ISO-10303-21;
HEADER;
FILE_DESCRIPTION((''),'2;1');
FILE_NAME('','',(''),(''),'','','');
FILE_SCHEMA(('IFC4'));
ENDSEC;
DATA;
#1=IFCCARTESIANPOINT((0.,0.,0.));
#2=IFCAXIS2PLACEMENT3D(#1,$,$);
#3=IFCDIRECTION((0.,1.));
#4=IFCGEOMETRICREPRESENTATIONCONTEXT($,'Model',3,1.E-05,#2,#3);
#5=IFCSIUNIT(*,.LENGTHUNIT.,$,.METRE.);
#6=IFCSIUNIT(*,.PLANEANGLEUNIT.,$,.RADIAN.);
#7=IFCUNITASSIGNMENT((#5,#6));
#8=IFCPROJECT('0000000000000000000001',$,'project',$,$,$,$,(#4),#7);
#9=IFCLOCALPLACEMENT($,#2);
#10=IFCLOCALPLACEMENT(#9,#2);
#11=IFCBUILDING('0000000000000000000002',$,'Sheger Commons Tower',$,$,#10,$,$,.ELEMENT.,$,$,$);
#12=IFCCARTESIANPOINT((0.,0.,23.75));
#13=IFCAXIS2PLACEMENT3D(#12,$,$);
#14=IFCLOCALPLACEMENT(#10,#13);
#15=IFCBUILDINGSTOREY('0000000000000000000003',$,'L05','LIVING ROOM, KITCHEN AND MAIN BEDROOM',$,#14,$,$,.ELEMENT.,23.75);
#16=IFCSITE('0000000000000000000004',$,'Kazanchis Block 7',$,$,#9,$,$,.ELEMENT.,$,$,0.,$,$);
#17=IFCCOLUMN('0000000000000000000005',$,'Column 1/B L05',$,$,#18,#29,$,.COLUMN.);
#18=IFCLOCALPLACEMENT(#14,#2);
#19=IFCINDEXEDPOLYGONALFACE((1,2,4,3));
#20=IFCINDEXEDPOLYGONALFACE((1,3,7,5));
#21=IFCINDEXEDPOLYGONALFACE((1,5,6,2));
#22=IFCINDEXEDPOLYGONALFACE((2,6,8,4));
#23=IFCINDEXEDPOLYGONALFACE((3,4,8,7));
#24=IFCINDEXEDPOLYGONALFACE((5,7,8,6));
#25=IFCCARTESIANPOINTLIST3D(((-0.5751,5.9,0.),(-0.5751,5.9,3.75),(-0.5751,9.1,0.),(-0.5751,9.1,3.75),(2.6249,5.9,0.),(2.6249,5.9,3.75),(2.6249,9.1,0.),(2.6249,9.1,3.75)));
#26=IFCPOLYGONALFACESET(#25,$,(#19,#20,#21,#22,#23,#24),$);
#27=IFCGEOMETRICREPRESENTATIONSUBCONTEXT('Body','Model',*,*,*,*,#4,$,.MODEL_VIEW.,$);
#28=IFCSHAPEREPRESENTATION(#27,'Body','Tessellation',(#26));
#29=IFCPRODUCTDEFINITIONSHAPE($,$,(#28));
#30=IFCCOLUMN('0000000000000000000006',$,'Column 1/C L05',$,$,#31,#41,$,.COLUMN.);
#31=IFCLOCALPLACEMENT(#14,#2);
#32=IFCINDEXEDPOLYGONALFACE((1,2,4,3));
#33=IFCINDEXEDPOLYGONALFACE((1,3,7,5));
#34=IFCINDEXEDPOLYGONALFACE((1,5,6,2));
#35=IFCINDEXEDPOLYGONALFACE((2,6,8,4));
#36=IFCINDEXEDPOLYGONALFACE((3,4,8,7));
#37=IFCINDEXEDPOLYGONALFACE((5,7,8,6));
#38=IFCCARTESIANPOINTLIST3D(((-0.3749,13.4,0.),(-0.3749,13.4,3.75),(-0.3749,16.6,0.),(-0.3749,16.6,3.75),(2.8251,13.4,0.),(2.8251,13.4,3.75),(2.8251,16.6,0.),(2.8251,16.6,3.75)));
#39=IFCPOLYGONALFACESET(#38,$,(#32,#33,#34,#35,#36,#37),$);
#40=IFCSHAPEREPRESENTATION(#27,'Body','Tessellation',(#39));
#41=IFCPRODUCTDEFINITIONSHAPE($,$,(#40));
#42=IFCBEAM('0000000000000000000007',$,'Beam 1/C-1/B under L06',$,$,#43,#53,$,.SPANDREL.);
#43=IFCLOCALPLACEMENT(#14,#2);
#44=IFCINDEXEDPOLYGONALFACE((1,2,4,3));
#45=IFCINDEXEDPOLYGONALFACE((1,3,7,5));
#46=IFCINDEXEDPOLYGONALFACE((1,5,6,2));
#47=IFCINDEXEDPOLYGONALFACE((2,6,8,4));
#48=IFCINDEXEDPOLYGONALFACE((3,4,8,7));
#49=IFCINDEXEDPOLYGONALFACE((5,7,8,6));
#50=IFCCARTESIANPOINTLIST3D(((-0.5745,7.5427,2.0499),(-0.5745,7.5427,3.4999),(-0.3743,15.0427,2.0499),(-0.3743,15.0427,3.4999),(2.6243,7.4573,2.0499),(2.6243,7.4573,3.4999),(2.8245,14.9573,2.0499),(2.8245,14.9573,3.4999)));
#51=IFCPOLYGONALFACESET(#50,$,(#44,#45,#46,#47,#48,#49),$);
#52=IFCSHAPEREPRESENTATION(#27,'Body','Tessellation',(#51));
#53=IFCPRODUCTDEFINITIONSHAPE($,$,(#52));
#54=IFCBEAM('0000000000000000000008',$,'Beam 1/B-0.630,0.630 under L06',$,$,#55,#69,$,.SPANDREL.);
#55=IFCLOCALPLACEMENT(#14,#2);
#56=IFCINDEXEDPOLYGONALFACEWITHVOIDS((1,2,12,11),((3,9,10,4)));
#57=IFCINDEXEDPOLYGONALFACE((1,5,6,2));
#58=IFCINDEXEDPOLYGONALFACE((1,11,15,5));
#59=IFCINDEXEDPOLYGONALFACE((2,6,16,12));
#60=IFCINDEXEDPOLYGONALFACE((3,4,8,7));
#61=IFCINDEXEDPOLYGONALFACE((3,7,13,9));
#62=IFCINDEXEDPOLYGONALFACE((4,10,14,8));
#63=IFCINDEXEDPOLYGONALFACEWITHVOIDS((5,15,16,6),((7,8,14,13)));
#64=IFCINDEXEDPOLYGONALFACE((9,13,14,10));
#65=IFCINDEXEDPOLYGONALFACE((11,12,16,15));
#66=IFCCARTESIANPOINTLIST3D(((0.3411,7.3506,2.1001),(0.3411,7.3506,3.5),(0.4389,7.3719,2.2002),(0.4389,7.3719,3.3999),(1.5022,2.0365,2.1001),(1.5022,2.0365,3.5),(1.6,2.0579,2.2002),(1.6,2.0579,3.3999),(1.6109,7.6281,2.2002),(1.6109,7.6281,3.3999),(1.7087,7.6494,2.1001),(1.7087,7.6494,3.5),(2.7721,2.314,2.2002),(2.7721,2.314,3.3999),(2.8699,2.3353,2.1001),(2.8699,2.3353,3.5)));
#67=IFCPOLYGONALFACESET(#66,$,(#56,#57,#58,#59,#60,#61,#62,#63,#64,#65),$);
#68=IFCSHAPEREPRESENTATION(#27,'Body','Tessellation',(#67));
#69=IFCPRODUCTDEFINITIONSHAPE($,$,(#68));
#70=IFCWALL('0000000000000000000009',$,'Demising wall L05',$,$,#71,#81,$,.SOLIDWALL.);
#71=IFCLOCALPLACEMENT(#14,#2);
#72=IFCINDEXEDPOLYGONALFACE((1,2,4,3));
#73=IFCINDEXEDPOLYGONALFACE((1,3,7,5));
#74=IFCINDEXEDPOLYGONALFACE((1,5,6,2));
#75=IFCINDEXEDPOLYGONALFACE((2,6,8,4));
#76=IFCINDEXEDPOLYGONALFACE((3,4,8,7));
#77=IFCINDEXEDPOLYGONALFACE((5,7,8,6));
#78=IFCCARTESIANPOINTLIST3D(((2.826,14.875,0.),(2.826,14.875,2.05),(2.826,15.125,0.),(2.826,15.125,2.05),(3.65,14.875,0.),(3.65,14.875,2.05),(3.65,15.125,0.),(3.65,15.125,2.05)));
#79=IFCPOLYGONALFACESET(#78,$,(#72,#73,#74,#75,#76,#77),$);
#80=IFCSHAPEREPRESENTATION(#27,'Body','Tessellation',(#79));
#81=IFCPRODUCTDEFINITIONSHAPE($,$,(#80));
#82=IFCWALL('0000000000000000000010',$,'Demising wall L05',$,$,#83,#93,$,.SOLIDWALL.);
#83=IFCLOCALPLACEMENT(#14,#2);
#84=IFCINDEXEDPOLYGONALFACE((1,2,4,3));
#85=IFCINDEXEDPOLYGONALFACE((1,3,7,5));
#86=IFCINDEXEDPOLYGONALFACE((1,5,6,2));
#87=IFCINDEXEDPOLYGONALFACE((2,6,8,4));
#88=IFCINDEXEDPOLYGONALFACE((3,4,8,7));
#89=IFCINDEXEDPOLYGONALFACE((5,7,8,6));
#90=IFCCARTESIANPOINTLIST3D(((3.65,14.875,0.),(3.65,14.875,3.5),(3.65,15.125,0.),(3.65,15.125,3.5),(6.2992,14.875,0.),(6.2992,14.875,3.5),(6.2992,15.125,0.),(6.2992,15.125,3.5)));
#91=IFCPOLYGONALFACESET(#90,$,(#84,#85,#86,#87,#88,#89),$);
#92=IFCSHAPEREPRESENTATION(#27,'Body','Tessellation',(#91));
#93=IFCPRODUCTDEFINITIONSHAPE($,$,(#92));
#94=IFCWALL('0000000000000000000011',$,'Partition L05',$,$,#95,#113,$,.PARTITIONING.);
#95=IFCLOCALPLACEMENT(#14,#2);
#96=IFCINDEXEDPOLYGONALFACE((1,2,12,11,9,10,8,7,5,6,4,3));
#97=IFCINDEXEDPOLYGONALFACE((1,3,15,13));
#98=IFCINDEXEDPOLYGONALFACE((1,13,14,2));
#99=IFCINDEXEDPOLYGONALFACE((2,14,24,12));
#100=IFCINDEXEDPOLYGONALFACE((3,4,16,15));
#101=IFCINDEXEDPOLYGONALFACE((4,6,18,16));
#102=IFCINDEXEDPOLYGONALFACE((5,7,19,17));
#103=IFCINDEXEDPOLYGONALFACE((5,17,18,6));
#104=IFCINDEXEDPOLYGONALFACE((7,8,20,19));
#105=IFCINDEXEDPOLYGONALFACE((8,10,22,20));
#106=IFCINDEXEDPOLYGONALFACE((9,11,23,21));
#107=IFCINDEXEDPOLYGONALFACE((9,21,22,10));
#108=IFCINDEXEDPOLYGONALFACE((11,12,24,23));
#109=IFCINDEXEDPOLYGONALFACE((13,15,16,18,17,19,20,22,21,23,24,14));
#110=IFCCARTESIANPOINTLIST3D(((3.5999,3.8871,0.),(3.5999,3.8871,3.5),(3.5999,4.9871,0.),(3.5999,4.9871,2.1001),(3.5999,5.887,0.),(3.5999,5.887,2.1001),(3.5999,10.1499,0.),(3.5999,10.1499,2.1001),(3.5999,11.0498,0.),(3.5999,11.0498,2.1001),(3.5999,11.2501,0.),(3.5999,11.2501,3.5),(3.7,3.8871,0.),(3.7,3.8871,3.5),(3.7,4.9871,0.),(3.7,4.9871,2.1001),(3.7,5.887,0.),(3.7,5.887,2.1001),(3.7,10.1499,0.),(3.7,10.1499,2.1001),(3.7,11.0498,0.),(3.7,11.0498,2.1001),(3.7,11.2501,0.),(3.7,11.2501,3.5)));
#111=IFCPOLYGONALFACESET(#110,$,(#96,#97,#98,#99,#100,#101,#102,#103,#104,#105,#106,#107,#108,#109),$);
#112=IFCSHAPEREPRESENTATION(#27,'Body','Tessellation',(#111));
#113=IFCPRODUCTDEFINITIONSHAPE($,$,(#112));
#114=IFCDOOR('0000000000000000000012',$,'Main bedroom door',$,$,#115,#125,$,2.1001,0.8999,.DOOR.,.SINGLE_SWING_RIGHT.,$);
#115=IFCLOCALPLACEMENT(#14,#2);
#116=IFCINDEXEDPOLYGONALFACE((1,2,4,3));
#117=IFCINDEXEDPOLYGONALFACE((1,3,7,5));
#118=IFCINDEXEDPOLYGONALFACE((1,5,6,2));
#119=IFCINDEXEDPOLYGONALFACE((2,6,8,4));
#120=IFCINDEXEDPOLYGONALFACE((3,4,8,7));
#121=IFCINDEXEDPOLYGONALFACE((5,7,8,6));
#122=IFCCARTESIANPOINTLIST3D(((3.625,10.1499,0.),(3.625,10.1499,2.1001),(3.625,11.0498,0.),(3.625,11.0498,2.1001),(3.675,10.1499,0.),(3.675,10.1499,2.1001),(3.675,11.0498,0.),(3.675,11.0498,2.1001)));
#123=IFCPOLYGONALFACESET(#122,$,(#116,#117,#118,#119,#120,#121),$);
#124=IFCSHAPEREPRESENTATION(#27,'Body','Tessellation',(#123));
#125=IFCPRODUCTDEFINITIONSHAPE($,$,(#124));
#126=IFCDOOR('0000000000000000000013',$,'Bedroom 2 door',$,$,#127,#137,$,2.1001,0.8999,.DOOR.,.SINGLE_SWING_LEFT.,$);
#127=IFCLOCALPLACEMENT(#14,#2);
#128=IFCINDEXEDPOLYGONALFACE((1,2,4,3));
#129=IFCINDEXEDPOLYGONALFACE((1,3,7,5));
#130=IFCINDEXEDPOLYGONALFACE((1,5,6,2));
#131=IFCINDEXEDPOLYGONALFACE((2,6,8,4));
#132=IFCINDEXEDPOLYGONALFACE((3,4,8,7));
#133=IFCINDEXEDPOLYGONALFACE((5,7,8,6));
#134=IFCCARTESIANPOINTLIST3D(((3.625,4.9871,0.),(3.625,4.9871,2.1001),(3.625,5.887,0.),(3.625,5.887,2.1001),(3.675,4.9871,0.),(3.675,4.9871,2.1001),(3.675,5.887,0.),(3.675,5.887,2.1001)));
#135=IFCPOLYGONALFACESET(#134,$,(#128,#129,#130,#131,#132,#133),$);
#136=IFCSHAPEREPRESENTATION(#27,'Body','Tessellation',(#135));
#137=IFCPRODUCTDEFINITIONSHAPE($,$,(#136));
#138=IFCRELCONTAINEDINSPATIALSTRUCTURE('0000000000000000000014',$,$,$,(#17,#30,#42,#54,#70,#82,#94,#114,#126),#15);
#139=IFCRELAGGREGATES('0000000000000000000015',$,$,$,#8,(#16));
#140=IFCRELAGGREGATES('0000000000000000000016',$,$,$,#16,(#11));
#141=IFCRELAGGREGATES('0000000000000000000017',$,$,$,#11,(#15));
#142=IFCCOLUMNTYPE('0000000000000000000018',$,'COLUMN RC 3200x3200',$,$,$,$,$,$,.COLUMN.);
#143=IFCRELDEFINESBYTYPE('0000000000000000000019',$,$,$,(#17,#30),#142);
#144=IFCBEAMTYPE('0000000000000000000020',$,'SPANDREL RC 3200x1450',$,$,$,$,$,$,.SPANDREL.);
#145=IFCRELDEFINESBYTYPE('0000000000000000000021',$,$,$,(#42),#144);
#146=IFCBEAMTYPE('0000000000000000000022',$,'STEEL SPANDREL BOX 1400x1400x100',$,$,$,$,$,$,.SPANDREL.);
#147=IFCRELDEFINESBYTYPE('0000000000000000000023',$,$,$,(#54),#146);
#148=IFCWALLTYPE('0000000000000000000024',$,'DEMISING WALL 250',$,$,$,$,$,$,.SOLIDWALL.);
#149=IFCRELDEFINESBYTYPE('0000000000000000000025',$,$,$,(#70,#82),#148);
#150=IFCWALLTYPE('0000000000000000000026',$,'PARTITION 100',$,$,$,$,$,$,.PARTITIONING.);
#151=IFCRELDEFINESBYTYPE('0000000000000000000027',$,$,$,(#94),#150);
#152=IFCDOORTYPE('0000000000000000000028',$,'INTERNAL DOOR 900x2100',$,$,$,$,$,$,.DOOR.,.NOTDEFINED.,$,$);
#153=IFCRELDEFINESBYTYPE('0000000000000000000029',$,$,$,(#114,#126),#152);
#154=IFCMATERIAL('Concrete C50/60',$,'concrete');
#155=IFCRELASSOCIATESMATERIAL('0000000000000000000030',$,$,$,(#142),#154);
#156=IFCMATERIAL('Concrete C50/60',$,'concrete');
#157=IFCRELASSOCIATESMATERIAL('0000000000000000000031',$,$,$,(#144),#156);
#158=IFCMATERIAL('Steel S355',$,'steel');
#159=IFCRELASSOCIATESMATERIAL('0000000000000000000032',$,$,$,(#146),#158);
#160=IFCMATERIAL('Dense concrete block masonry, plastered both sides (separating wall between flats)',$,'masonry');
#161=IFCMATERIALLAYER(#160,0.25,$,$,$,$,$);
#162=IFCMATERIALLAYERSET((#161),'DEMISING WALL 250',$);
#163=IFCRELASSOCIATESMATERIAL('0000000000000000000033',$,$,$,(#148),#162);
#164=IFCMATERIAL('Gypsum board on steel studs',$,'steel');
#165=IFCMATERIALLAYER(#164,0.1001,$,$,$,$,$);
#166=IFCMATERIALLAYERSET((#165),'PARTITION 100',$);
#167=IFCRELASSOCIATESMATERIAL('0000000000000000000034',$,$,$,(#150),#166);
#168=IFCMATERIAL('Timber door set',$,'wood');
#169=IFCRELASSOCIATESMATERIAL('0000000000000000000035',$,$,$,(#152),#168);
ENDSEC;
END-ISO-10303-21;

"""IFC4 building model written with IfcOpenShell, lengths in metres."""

from ifc_helpers import new_model, si_unit, direction, frame, frame_2d, origin, origin_2d, place, context, subcontext, project, spatial, rectangle, hollow_rectangle, extrude, material, layer, layer_set, material_profile, profile_set, type_object, element, fill, save


model = new_model("IFC4")

# Units and contexts
model_context = context("Model", 3, precision=1e-05, world=origin(), true_north=direction((0.0, 1.0)))
body_context = subcontext(model_context, "Body", "Model", "MODEL_VIEW")
ifc_project = project(units=[si_unit("LENGTHUNIT", "METRE"), si_unit("PLANEANGLEUNIT", "RADIAN")], contexts=[model_context])

# Site, building, storey
site_placement = place(None, origin())
site = spatial("IfcSite", under=ifc_project, at=site_placement, Name="Kazanchis Block 7", CompositionType="ELEMENT", RefElevation=0.0)
building_placement = place(site_placement, origin())
building = spatial("IfcBuilding", under=site, at=building_placement, Name="Sheger Commons Tower", CompositionType="ELEMENT")
storey_placement = place(building_placement, frame((0.0, 0.0, 23.75)))
storey = spatial("IfcBuildingStorey", under=building, at=storey_placement, Name="L05", Description="LIVING ROOM, KITCHEN AND MAIN BEDROOM", CompositionType="ELEMENT", Elevation=23.75)

# Columns
ifc_material_1 = material(Name="Concrete C50/60", Category="concrete")
ifc_material_profile_1 = material_profile(ifc_material_1, rectangle(XDim=3.2, YDim=3.2, at=origin_2d()), Name="RC 3200x3200")
ifc_profile_set_1 = profile_set([ifc_material_profile_1], Name="Concrete C50/60")
column_type = type_object("IfcColumnType", Name="COLUMN RC 3200x3200", PredefinedType="COLUMN", material=ifc_profile_set_1)
for number, where, z_axis, x_axis, name in (
    (1, (1.0249, 7.5, 0.0), (0.0, 0.0, 1.0), (1.0, 0.0, 0.0), "Column 1/B L05"),
    (2, (1.2251, 15.0, 0.0), (0.0, 0.0, 1.0), (1.0, 0.0, 0.0), "Column 1/C L05"),
):
    element("IfcColumn", number, at=place(storey_placement, frame(where, z_axis=z_axis, x_axis=x_axis)), inside=storey, type_object=column_type, Name=name, PredefinedType="COLUMN", context=body_context, shape_type="SweptSolid", body=[
        extrude(rectangle(XDim=3.2, YDim=3.2, at=origin_2d()), origin(), (0.0, 0.0, 1.0), 3.75),
    ])

# Beams
ifc_material_2 = material(Name="Concrete C50/60", Category="concrete")
ifc_material_profile_2 = material_profile(ifc_material_2, rectangle(XDim=3.2, YDim=1.45, at=origin_2d()), Name="RC 3200x1450")
ifc_profile_set_2 = profile_set([ifc_material_profile_2], Name="Concrete C50/60")
beam_type_1 = type_object("IfcBeamType", Name="SPANDREL RC 3200x1450", PredefinedType="SPANDREL", material=ifc_profile_set_2)
beam_1_placement = place(storey_placement, frame((1.2251, 15.0, 2.7749), z_axis=(-0.026683, -0.999644, 0.0), x_axis=(0.999644, -0.026683, 0.0)))
element("IfcBeam", 3, at=beam_1_placement, inside=storey, type_object=beam_type_1, Name="Beam 1/C-1/B under L06", PredefinedType="SPANDREL", context=body_context, shape_type="SweptSolid", body=[
    extrude(rectangle(XDim=3.2, YDim=1.45, at=origin_2d()), origin(), (0.0, 0.0, 1.0), 7.5027),
])
ifc_material_3 = material(Name="Steel S355", Category="steel")
ifc_material_profile_3 = material_profile(ifc_material_3, hollow_rectangle(XDim=1.3999, YDim=1.3999, WallThickness=0.1001, at=origin_2d()), Name="BOX 1400x1400x100")
ifc_profile_set_3 = profile_set([ifc_material_profile_3], Name="Steel S355")
beam_type_2 = type_object("IfcBeamType", Name="STEEL SPANDREL BOX 1400x1400x100", PredefinedType="SPANDREL", material=ifc_profile_set_3)
beam_2_placement = place(storey_placement, frame((1.0249, 7.5, 2.8), z_axis=(0.213469, -0.97695, 0.0), x_axis=(0.97695, 0.213469, 0.0)))
element("IfcBeam", 4, at=beam_2_placement, inside=storey, type_object=beam_type_2, Name="Beam 1/B-0.630,0.630 under L06", PredefinedType="SPANDREL", context=body_context, shape_type="SweptSolid", body=[
    extrude(hollow_rectangle(XDim=1.3999, YDim=1.3999, WallThickness=0.1001, at=origin_2d()), origin(), (0.0, 0.0, 1.0), 5.4395),
])

# Walls
ifc_material_4 = material(Name="Dense concrete block masonry, plastered both sides (separating wall between flats)", Category="masonry")
ifc_layer_1 = layer(ifc_material_4, 0.25)
ifc_layer_set_1 = layer_set([ifc_layer_1], Name="DEMISING WALL 250")
wall_type_1 = type_object("IfcWallType", Name="DEMISING WALL 250", PredefinedType="SOLIDWALL", material=ifc_layer_set_1)
wall_1_placement = place(storey_placement, frame((2.8259, 15.0, 0.0), z_axis=(0.0, 0.0, 1.0), x_axis=(1.0, 0.0, 0.0)))
element("IfcWall", 5, at=wall_1_placement, inside=storey, type_object=wall_type_1, Name="Demising wall L05", PredefinedType="SOLIDWALL", context=body_context, shape_type="SweptSolid", body=[
    extrude(rectangle(XDim=0.824, YDim=0.25, at=frame_2d((0.4121, 0.0))), origin(), (0.0, 0.0, 1.0), 2.05),
])
wall_2_placement = place(storey_placement, frame((3.6499, 15.0, 0.0), z_axis=(0.0, 0.0, 1.0), x_axis=(1.0, 0.0, 0.0)))
element("IfcWall", 6, at=wall_2_placement, inside=storey, type_object=wall_type_1, Name="Demising wall L05", PredefinedType="SOLIDWALL", context=body_context, shape_type="SweptSolid", body=[
    extrude(rectangle(XDim=2.6492, YDim=0.25, at=frame_2d((1.3247, 0.0))), origin(), (0.0, 0.0, 1.0), 3.5),
])

# Wall, openings, doors
ifc_material_5 = material(Name="Gypsum board on steel studs", Category="steel")
ifc_layer_2 = layer(ifc_material_5, 0.1001)
ifc_layer_set_2 = layer_set([ifc_layer_2], Name="PARTITION 100")
wall_type_2 = type_object("IfcWallType", Name="PARTITION 100", PredefinedType="PARTITIONING", material=ifc_layer_set_2)
wall_3_placement = place(storey_placement, frame((3.6499, 3.887, 0.0), z_axis=(0.0, 0.0, 1.0), x_axis=(0.0, 1.0, 0.0)))
wall_3 = element("IfcWall", 7, at=wall_3_placement, inside=storey, type_object=wall_type_2, Name="Partition L05", PredefinedType="PARTITIONING", context=body_context, shape_type="SweptSolid", body=[
    extrude(rectangle(XDim=7.363, YDim=0.1001, at=frame_2d((3.6816, 0.0))), origin(), (0.0, 0.0, 1.0), 3.5),
])
opening_1_placement = place(wall_3_placement, frame((6.2629, 0.0, 0.0)))
opening_1 = element("IfcOpeningElement", 8, at=opening_1_placement, cuts=wall_3, PredefinedType="OPENING", context=body_context, shape_type="SweptSolid", body=[
    extrude(rectangle(XDim=0.8999, YDim=2.1001, at=frame_2d((0.45, 1.05))), frame((0.0, 0.0601, 0.0), z_axis=(0.0, -1.0, 0.0), x_axis=(1.0, 0.0, 0.0)), (0.0, 0.0, 1.0), 0.1201),
])
opening_2_placement = place(wall_3_placement, frame((1.1001, 0.0, 0.0)))
opening_2 = element("IfcOpeningElement", 9, at=opening_2_placement, cuts=wall_3, PredefinedType="OPENING", context=body_context, shape_type="SweptSolid", body=[
    extrude(rectangle(XDim=0.8999, YDim=2.1001, at=frame_2d((0.45, 1.05))), frame((0.0, 0.0601, 0.0), z_axis=(0.0, -1.0, 0.0), x_axis=(1.0, 0.0, 0.0)), (0.0, 0.0, 1.0), 0.1201),
])
ifc_material_6 = material(Name="Timber door set", Category="wood")
door_type = type_object("IfcDoorType", Name="INTERNAL DOOR 900x2100", OperationType="NOTDEFINED", PredefinedType="DOOR", material=ifc_material_6)
door_1_placement = place(opening_1_placement, origin())
door_1 = element("IfcDoor", 10, at=door_1_placement, inside=storey, type_object=door_type, Name="Main bedroom door", OperationType="SINGLE_SWING_RIGHT", OverallHeight=2.1001, OverallWidth=0.8999, PredefinedType="DOOR", context=body_context, shape_type="SweptSolid", body=[
    extrude(rectangle(XDim=0.8999, YDim=2.1001, at=frame_2d((0.45, 1.05))), frame((0.0, 0.0249, 0.0), z_axis=(0.0, -1.0, 0.0), x_axis=(1.0, 0.0, 0.0)), (0.0, 0.0, 1.0), 0.05),
])
fill(opening_1, door_1)
door_2_placement = place(opening_2_placement, origin())
door_2 = element("IfcDoor", 11, at=door_2_placement, inside=storey, type_object=door_type, Name="Bedroom 2 door", OperationType="SINGLE_SWING_LEFT", OverallHeight=2.1001, OverallWidth=0.8999, PredefinedType="DOOR", context=body_context, shape_type="SweptSolid", body=[
    extrude(rectangle(XDim=0.8999, YDim=2.1001, at=frame_2d((0.45, 1.05))), frame((0.0, 0.0249, 0.0), z_axis=(0.0, -1.0, 0.0), x_axis=(1.0, 0.0, 0.0)), (0.0, 0.0, 1.0), 0.05),
])
fill(opening_2, door_2)

save(model, "model.ifc")
